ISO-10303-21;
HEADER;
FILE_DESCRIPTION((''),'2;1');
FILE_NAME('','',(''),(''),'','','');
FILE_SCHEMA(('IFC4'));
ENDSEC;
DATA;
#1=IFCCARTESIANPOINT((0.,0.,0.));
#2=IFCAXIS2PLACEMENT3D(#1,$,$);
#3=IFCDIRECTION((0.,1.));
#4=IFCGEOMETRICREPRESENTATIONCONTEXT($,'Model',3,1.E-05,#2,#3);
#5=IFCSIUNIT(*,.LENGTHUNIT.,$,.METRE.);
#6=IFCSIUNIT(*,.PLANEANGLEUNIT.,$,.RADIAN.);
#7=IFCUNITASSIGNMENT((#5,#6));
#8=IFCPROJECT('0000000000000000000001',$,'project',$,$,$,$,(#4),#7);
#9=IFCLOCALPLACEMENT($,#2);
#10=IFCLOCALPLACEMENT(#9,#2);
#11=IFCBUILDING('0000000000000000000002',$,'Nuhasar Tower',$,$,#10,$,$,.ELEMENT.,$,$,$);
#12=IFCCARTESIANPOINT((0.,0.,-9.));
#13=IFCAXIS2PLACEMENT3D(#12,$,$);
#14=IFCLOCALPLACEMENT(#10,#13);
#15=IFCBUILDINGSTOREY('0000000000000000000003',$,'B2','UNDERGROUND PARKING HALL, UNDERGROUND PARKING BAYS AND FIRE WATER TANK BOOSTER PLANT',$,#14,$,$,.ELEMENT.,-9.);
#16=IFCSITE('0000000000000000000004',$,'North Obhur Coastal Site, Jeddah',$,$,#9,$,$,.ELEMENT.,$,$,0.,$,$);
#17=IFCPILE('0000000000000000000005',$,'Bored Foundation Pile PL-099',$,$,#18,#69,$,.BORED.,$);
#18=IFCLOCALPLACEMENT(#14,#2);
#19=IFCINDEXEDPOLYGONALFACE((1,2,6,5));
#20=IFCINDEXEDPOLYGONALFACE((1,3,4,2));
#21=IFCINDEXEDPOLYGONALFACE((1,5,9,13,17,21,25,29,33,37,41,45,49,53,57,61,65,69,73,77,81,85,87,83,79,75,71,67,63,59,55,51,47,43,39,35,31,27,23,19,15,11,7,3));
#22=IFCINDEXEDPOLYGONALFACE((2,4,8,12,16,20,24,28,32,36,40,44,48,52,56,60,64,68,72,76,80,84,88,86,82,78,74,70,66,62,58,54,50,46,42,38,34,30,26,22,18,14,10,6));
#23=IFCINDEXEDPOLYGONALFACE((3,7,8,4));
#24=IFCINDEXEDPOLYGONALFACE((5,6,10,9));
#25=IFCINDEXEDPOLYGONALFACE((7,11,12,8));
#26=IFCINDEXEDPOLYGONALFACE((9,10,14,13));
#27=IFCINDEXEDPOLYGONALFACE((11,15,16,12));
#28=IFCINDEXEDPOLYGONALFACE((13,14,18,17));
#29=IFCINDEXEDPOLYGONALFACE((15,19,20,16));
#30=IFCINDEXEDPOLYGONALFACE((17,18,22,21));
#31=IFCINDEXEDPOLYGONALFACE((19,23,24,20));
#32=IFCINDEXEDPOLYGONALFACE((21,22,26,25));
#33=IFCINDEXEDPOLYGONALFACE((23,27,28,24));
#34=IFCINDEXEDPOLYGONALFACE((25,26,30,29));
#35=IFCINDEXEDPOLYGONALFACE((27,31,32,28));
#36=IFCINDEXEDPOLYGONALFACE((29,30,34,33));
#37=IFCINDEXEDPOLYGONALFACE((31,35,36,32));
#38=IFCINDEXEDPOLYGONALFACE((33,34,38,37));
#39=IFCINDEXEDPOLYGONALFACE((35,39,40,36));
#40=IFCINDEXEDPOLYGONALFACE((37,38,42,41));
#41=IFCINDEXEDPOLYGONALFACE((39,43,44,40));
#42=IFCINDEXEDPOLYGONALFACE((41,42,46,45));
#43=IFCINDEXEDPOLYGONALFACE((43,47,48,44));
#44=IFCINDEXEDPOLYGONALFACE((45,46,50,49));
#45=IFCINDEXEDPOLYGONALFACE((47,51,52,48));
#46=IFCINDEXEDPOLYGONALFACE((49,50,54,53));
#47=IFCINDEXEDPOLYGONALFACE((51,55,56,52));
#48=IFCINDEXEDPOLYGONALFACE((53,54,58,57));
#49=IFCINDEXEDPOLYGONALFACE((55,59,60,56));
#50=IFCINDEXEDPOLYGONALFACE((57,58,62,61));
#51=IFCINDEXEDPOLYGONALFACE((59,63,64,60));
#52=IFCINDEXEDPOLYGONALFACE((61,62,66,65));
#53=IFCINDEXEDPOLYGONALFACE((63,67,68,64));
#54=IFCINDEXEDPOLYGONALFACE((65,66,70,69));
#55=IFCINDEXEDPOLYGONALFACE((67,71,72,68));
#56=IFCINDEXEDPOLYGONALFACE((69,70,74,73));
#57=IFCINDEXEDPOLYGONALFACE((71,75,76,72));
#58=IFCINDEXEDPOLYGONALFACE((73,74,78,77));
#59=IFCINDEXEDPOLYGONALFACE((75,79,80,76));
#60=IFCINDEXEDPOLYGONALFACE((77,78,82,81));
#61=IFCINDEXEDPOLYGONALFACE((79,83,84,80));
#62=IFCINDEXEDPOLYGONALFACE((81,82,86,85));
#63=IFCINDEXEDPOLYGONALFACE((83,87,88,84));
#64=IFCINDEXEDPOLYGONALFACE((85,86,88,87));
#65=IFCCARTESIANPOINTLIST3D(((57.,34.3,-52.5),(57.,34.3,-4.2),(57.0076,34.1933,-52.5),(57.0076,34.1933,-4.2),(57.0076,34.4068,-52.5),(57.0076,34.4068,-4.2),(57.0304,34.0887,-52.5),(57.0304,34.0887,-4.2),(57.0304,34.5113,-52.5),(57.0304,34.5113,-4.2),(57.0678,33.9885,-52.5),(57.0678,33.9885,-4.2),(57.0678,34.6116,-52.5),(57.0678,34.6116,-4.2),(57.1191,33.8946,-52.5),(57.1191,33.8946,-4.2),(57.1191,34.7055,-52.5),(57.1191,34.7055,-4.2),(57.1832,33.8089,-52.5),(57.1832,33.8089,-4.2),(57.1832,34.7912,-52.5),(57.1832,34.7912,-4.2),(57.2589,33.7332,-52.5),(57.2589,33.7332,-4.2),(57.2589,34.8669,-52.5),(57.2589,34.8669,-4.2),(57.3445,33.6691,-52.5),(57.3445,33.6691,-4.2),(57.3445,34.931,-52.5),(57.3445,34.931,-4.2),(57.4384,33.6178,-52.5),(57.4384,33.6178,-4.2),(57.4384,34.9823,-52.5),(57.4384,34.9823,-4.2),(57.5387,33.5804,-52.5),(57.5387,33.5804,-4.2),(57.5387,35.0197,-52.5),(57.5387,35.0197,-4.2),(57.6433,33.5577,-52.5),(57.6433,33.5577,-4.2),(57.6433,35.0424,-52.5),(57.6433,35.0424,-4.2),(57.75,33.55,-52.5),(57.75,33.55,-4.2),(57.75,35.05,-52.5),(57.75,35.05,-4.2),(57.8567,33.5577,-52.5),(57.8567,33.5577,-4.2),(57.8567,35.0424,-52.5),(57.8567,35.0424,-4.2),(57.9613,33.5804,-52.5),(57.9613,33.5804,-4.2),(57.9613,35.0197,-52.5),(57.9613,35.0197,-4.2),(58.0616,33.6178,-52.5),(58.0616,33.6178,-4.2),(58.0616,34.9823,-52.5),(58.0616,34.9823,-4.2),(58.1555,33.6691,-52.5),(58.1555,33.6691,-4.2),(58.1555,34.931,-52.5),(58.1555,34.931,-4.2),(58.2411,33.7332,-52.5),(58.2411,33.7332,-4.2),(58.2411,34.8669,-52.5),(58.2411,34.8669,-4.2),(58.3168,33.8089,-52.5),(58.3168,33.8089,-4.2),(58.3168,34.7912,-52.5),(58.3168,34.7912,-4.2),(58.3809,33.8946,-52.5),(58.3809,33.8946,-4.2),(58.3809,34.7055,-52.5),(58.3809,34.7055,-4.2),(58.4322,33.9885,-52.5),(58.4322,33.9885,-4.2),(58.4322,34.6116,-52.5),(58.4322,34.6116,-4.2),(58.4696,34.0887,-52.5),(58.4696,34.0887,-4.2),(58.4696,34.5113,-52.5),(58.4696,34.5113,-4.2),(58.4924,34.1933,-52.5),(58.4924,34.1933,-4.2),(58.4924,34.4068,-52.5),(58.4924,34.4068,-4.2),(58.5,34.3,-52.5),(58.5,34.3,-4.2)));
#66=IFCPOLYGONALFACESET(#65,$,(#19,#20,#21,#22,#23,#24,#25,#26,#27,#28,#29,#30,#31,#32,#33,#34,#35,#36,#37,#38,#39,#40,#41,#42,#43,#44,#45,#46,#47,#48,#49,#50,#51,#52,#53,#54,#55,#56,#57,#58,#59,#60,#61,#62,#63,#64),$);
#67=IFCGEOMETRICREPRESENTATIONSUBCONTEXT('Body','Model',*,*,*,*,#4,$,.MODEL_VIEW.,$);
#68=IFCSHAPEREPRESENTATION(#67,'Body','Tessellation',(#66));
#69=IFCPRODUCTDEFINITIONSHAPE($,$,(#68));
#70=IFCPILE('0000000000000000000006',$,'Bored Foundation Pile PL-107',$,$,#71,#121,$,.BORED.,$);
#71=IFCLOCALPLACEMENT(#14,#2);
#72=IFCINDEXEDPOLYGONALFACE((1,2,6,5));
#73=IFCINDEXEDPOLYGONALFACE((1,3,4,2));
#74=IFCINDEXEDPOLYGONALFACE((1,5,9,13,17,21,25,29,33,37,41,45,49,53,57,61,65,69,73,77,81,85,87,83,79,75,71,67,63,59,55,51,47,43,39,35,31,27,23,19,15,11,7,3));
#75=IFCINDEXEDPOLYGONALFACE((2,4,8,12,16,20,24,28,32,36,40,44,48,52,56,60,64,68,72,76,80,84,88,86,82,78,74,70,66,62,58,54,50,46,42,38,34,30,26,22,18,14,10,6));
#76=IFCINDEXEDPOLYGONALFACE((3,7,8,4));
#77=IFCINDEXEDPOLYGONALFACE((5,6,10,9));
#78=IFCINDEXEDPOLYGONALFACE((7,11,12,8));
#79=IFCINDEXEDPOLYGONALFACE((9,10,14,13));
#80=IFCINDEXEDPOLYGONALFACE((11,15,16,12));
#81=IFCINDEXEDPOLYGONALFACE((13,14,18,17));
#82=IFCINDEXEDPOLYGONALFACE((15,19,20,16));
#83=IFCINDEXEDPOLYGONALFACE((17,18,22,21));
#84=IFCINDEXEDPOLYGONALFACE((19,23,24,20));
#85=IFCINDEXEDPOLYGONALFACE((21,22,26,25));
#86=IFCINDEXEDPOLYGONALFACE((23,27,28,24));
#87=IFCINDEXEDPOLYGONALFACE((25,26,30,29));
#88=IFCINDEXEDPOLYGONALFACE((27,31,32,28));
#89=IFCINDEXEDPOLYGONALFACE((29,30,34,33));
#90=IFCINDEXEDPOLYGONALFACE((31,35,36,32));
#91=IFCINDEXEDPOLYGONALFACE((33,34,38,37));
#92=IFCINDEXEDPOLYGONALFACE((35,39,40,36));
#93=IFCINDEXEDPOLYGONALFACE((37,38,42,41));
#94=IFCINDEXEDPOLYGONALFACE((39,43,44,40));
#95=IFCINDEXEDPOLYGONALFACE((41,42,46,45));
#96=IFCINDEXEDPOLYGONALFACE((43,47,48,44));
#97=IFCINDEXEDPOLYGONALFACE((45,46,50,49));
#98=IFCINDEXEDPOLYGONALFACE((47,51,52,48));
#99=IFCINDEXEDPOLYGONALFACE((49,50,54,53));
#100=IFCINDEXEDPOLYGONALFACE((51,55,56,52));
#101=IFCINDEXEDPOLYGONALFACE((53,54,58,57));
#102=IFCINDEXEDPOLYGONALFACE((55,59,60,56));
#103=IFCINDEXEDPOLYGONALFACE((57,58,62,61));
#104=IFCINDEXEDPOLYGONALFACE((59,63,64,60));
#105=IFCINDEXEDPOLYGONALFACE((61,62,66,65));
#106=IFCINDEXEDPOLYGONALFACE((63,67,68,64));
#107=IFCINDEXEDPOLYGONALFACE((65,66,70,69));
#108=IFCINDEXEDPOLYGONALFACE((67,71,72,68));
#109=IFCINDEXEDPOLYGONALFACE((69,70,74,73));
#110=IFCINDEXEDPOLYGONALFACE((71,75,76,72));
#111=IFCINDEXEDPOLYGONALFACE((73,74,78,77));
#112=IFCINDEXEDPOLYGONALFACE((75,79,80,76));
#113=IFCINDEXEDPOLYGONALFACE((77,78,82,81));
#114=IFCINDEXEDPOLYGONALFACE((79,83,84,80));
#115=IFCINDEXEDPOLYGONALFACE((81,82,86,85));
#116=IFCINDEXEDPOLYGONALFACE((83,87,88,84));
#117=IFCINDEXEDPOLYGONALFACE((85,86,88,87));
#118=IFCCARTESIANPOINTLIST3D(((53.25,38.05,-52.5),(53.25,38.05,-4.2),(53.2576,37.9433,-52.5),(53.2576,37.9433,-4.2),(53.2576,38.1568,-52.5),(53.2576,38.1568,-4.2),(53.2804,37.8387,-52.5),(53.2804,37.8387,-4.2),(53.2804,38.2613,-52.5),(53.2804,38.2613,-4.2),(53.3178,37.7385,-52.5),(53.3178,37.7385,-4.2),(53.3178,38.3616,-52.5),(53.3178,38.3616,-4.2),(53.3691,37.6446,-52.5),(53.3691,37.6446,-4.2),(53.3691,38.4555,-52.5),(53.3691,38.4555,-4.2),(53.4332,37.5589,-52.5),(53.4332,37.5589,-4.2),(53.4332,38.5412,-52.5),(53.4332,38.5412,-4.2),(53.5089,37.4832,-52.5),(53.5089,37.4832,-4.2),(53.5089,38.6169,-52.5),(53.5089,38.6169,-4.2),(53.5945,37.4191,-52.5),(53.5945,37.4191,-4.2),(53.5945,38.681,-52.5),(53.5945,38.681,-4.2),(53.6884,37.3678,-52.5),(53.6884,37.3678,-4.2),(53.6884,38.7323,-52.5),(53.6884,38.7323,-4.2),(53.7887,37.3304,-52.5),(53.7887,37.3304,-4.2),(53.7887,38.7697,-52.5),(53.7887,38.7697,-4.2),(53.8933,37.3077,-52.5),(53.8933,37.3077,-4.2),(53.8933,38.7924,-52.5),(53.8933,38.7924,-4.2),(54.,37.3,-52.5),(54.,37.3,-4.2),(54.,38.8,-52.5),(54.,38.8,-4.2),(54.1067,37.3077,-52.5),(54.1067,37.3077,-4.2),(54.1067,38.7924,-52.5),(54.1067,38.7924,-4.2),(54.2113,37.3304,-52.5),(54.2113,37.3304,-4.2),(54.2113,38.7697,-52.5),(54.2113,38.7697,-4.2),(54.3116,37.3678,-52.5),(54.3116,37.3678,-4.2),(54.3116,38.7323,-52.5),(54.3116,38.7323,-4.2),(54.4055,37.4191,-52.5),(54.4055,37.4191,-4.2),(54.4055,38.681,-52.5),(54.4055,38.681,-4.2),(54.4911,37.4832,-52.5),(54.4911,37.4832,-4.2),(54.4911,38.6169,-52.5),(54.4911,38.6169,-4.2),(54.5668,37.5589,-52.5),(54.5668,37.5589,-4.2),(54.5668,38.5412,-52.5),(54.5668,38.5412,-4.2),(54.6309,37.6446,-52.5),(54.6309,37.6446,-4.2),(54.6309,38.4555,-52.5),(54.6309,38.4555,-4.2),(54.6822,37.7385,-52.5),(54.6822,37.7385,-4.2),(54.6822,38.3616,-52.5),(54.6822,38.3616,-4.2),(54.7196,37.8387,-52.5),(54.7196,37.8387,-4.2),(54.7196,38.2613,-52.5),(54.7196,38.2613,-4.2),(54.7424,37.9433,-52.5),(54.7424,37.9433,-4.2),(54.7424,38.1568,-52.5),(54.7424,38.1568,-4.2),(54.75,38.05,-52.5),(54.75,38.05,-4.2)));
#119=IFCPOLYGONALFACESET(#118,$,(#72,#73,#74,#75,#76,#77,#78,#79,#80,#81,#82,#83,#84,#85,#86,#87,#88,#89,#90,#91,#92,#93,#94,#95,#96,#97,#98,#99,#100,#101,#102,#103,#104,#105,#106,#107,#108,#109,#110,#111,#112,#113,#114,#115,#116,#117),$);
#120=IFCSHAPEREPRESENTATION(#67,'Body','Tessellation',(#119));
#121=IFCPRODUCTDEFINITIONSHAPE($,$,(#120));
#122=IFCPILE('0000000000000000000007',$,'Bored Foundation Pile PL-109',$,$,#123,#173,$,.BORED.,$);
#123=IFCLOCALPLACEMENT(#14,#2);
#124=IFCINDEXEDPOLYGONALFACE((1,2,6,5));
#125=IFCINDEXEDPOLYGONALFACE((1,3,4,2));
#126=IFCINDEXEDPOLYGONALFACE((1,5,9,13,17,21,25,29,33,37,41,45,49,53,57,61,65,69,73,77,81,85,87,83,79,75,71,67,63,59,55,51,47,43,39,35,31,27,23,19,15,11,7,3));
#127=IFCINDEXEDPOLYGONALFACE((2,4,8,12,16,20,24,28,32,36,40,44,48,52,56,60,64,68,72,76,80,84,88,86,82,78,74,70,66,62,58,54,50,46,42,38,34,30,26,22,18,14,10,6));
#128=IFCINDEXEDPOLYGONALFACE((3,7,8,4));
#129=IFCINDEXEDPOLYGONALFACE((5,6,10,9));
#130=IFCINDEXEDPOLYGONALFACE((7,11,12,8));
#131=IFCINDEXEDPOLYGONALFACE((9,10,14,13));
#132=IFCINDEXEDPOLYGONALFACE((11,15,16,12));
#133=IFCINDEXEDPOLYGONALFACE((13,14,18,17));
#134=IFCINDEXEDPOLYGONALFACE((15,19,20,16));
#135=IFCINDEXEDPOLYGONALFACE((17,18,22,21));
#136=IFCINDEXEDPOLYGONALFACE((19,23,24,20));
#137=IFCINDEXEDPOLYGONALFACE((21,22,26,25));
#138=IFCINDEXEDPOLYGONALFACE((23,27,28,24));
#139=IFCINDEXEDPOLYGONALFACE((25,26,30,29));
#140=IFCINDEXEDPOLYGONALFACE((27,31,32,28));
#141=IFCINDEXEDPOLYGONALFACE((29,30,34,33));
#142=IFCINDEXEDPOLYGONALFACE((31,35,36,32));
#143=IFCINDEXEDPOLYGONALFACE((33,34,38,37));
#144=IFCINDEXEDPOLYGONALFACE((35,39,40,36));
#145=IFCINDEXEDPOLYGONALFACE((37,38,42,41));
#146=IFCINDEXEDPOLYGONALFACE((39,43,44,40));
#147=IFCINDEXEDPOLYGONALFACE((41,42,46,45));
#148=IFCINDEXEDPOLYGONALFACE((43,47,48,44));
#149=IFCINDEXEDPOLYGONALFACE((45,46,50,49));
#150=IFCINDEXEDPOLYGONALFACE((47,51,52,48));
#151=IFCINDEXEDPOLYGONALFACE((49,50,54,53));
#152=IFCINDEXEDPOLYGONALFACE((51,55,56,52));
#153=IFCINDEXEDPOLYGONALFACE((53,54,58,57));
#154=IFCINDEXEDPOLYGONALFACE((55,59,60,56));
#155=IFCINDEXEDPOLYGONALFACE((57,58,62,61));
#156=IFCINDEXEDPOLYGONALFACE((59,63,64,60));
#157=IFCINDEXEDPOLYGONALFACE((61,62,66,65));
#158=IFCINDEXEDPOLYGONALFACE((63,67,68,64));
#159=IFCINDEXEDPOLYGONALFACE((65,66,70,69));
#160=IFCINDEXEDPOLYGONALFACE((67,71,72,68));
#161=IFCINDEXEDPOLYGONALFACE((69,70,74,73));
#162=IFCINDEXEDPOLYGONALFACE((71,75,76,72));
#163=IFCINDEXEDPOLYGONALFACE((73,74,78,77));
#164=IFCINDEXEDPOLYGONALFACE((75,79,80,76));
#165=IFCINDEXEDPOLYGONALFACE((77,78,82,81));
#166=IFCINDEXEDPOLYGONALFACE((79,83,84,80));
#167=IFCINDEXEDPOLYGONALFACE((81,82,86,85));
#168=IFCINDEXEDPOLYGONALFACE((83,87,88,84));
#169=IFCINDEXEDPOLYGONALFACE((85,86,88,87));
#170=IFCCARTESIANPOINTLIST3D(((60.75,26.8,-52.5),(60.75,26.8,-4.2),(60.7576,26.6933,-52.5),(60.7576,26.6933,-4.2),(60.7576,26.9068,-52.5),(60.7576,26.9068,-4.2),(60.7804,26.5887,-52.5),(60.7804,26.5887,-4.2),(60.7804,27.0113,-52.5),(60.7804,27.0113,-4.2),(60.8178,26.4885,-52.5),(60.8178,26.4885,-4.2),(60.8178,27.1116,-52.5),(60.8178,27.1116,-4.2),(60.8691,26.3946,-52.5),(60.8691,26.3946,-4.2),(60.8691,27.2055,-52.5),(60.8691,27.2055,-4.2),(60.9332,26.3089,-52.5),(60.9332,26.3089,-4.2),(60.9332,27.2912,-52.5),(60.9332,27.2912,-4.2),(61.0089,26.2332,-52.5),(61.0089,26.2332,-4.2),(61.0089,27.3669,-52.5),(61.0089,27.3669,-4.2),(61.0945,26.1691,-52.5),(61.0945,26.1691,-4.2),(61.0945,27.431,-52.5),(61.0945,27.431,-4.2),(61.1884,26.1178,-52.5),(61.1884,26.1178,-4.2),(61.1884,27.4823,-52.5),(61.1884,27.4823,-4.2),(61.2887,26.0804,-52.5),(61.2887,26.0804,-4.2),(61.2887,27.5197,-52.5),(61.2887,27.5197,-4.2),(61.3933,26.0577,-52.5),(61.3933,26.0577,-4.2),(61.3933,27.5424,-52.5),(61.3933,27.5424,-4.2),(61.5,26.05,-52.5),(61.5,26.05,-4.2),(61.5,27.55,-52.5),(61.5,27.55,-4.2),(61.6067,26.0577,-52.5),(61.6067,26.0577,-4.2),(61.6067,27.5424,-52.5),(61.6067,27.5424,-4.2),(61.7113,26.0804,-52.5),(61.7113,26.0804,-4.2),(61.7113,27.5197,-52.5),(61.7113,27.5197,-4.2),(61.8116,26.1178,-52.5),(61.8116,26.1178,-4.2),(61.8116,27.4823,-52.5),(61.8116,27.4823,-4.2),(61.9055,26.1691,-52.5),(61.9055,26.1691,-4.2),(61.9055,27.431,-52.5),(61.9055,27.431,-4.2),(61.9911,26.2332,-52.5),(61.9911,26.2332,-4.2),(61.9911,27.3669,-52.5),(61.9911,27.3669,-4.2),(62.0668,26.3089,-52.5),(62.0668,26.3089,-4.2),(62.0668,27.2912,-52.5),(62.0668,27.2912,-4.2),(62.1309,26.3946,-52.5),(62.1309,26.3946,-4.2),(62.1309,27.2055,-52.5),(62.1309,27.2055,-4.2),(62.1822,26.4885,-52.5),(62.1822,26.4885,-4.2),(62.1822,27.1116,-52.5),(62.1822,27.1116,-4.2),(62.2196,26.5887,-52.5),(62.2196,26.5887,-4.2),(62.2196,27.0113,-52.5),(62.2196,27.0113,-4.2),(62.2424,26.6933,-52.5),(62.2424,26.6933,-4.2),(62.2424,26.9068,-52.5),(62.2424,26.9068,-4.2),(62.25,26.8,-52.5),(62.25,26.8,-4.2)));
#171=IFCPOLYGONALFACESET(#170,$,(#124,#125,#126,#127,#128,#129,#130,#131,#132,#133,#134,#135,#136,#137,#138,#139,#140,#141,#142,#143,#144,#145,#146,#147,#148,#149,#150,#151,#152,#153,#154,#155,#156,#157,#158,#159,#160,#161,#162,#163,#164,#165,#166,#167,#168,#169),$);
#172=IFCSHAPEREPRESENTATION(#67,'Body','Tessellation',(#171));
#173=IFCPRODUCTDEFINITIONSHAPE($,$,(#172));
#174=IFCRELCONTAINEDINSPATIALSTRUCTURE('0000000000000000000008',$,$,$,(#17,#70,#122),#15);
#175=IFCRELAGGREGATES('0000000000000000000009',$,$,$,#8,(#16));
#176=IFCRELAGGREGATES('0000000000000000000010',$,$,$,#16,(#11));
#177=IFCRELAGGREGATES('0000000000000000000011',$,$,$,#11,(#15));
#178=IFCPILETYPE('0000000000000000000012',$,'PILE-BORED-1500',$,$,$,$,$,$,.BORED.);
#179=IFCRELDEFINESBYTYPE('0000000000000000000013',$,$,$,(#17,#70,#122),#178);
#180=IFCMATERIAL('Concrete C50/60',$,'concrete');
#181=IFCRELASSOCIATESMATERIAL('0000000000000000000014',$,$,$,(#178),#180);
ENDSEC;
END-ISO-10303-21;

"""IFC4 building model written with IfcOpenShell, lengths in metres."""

from ifc_helpers import new_model, si_unit, direction, frame, origin, origin_2d, place, context, subcontext, project, spatial, circle, extrude, material, material_profile, profile_set, type_object, element, save


model = new_model("IFC4")

# Units and contexts
model_context = context("Model", 3, precision=1e-05, world=origin(), true_north=direction((0.0, 1.0)))
body_context = subcontext(model_context, "Body", "Model", "MODEL_VIEW")
ifc_project = project(units=[si_unit("LENGTHUNIT", "METRE"), si_unit("PLANEANGLEUNIT", "RADIAN")], contexts=[model_context])

# Site, building, storey
site_placement = place(None, origin())
site = spatial("IfcSite", under=ifc_project, at=site_placement, Name="North Obhur Coastal Site, Jeddah", CompositionType="ELEMENT", RefElevation=0.0)
building_placement = place(site_placement, origin())
building = spatial("IfcBuilding", under=site, at=building_placement, Name="Nuhasar Tower", CompositionType="ELEMENT")
storey_placement = place(building_placement, frame((0.0, 0.0, -9.0)))
storey = spatial("IfcBuildingStorey", under=building, at=storey_placement, Name="B2", Description="UNDERGROUND PARKING HALL, UNDERGROUND PARKING BAYS AND FIRE WATER TANK BOOSTER PLANT", CompositionType="ELEMENT", Elevation=-9.0)

# Piles
ifc_material_1 = material(Name="Concrete C50/60", Category="concrete")
ifc_material_profile_1 = material_profile(ifc_material_1, circle(Radius=0.75, at=origin_2d()), Name="PILE1500")
ifc_profile_set_1 = profile_set([ifc_material_profile_1], Name="Concrete C50/60")
pile_type = type_object("IfcPileType", Name="PILE-BORED-1500", PredefinedType="BORED", material=ifc_profile_set_1)
for number, where, z_axis, x_axis, name in (
    (1, (57.75, 34.3, -4.2), (0.0, 0.0, -1.0), (1.0, 0.0, 0.0), "Bored Foundation Pile PL-099"),
    (2, (54.0, 38.05, -4.2), (0.0, 0.0, -1.0), (1.0, 0.0, 0.0), "Bored Foundation Pile PL-107"),
    (3, (61.5, 26.8, -4.2), (0.0, 0.0, -1.0), (1.0, 0.0, 0.0), "Bored Foundation Pile PL-109"),
):
    element("IfcPile", number, at=place(storey_placement, frame(where, z_axis=z_axis, x_axis=x_axis)), inside=storey, type_object=pile_type, Name=name, PredefinedType="BORED", context=body_context, shape_type="SweptSolid", body=[
        extrude(circle(Radius=0.75, at=origin_2d()), origin(), (0.0, 0.0, 1.0), 48.3),
    ])

save(model, "model.ifc")
